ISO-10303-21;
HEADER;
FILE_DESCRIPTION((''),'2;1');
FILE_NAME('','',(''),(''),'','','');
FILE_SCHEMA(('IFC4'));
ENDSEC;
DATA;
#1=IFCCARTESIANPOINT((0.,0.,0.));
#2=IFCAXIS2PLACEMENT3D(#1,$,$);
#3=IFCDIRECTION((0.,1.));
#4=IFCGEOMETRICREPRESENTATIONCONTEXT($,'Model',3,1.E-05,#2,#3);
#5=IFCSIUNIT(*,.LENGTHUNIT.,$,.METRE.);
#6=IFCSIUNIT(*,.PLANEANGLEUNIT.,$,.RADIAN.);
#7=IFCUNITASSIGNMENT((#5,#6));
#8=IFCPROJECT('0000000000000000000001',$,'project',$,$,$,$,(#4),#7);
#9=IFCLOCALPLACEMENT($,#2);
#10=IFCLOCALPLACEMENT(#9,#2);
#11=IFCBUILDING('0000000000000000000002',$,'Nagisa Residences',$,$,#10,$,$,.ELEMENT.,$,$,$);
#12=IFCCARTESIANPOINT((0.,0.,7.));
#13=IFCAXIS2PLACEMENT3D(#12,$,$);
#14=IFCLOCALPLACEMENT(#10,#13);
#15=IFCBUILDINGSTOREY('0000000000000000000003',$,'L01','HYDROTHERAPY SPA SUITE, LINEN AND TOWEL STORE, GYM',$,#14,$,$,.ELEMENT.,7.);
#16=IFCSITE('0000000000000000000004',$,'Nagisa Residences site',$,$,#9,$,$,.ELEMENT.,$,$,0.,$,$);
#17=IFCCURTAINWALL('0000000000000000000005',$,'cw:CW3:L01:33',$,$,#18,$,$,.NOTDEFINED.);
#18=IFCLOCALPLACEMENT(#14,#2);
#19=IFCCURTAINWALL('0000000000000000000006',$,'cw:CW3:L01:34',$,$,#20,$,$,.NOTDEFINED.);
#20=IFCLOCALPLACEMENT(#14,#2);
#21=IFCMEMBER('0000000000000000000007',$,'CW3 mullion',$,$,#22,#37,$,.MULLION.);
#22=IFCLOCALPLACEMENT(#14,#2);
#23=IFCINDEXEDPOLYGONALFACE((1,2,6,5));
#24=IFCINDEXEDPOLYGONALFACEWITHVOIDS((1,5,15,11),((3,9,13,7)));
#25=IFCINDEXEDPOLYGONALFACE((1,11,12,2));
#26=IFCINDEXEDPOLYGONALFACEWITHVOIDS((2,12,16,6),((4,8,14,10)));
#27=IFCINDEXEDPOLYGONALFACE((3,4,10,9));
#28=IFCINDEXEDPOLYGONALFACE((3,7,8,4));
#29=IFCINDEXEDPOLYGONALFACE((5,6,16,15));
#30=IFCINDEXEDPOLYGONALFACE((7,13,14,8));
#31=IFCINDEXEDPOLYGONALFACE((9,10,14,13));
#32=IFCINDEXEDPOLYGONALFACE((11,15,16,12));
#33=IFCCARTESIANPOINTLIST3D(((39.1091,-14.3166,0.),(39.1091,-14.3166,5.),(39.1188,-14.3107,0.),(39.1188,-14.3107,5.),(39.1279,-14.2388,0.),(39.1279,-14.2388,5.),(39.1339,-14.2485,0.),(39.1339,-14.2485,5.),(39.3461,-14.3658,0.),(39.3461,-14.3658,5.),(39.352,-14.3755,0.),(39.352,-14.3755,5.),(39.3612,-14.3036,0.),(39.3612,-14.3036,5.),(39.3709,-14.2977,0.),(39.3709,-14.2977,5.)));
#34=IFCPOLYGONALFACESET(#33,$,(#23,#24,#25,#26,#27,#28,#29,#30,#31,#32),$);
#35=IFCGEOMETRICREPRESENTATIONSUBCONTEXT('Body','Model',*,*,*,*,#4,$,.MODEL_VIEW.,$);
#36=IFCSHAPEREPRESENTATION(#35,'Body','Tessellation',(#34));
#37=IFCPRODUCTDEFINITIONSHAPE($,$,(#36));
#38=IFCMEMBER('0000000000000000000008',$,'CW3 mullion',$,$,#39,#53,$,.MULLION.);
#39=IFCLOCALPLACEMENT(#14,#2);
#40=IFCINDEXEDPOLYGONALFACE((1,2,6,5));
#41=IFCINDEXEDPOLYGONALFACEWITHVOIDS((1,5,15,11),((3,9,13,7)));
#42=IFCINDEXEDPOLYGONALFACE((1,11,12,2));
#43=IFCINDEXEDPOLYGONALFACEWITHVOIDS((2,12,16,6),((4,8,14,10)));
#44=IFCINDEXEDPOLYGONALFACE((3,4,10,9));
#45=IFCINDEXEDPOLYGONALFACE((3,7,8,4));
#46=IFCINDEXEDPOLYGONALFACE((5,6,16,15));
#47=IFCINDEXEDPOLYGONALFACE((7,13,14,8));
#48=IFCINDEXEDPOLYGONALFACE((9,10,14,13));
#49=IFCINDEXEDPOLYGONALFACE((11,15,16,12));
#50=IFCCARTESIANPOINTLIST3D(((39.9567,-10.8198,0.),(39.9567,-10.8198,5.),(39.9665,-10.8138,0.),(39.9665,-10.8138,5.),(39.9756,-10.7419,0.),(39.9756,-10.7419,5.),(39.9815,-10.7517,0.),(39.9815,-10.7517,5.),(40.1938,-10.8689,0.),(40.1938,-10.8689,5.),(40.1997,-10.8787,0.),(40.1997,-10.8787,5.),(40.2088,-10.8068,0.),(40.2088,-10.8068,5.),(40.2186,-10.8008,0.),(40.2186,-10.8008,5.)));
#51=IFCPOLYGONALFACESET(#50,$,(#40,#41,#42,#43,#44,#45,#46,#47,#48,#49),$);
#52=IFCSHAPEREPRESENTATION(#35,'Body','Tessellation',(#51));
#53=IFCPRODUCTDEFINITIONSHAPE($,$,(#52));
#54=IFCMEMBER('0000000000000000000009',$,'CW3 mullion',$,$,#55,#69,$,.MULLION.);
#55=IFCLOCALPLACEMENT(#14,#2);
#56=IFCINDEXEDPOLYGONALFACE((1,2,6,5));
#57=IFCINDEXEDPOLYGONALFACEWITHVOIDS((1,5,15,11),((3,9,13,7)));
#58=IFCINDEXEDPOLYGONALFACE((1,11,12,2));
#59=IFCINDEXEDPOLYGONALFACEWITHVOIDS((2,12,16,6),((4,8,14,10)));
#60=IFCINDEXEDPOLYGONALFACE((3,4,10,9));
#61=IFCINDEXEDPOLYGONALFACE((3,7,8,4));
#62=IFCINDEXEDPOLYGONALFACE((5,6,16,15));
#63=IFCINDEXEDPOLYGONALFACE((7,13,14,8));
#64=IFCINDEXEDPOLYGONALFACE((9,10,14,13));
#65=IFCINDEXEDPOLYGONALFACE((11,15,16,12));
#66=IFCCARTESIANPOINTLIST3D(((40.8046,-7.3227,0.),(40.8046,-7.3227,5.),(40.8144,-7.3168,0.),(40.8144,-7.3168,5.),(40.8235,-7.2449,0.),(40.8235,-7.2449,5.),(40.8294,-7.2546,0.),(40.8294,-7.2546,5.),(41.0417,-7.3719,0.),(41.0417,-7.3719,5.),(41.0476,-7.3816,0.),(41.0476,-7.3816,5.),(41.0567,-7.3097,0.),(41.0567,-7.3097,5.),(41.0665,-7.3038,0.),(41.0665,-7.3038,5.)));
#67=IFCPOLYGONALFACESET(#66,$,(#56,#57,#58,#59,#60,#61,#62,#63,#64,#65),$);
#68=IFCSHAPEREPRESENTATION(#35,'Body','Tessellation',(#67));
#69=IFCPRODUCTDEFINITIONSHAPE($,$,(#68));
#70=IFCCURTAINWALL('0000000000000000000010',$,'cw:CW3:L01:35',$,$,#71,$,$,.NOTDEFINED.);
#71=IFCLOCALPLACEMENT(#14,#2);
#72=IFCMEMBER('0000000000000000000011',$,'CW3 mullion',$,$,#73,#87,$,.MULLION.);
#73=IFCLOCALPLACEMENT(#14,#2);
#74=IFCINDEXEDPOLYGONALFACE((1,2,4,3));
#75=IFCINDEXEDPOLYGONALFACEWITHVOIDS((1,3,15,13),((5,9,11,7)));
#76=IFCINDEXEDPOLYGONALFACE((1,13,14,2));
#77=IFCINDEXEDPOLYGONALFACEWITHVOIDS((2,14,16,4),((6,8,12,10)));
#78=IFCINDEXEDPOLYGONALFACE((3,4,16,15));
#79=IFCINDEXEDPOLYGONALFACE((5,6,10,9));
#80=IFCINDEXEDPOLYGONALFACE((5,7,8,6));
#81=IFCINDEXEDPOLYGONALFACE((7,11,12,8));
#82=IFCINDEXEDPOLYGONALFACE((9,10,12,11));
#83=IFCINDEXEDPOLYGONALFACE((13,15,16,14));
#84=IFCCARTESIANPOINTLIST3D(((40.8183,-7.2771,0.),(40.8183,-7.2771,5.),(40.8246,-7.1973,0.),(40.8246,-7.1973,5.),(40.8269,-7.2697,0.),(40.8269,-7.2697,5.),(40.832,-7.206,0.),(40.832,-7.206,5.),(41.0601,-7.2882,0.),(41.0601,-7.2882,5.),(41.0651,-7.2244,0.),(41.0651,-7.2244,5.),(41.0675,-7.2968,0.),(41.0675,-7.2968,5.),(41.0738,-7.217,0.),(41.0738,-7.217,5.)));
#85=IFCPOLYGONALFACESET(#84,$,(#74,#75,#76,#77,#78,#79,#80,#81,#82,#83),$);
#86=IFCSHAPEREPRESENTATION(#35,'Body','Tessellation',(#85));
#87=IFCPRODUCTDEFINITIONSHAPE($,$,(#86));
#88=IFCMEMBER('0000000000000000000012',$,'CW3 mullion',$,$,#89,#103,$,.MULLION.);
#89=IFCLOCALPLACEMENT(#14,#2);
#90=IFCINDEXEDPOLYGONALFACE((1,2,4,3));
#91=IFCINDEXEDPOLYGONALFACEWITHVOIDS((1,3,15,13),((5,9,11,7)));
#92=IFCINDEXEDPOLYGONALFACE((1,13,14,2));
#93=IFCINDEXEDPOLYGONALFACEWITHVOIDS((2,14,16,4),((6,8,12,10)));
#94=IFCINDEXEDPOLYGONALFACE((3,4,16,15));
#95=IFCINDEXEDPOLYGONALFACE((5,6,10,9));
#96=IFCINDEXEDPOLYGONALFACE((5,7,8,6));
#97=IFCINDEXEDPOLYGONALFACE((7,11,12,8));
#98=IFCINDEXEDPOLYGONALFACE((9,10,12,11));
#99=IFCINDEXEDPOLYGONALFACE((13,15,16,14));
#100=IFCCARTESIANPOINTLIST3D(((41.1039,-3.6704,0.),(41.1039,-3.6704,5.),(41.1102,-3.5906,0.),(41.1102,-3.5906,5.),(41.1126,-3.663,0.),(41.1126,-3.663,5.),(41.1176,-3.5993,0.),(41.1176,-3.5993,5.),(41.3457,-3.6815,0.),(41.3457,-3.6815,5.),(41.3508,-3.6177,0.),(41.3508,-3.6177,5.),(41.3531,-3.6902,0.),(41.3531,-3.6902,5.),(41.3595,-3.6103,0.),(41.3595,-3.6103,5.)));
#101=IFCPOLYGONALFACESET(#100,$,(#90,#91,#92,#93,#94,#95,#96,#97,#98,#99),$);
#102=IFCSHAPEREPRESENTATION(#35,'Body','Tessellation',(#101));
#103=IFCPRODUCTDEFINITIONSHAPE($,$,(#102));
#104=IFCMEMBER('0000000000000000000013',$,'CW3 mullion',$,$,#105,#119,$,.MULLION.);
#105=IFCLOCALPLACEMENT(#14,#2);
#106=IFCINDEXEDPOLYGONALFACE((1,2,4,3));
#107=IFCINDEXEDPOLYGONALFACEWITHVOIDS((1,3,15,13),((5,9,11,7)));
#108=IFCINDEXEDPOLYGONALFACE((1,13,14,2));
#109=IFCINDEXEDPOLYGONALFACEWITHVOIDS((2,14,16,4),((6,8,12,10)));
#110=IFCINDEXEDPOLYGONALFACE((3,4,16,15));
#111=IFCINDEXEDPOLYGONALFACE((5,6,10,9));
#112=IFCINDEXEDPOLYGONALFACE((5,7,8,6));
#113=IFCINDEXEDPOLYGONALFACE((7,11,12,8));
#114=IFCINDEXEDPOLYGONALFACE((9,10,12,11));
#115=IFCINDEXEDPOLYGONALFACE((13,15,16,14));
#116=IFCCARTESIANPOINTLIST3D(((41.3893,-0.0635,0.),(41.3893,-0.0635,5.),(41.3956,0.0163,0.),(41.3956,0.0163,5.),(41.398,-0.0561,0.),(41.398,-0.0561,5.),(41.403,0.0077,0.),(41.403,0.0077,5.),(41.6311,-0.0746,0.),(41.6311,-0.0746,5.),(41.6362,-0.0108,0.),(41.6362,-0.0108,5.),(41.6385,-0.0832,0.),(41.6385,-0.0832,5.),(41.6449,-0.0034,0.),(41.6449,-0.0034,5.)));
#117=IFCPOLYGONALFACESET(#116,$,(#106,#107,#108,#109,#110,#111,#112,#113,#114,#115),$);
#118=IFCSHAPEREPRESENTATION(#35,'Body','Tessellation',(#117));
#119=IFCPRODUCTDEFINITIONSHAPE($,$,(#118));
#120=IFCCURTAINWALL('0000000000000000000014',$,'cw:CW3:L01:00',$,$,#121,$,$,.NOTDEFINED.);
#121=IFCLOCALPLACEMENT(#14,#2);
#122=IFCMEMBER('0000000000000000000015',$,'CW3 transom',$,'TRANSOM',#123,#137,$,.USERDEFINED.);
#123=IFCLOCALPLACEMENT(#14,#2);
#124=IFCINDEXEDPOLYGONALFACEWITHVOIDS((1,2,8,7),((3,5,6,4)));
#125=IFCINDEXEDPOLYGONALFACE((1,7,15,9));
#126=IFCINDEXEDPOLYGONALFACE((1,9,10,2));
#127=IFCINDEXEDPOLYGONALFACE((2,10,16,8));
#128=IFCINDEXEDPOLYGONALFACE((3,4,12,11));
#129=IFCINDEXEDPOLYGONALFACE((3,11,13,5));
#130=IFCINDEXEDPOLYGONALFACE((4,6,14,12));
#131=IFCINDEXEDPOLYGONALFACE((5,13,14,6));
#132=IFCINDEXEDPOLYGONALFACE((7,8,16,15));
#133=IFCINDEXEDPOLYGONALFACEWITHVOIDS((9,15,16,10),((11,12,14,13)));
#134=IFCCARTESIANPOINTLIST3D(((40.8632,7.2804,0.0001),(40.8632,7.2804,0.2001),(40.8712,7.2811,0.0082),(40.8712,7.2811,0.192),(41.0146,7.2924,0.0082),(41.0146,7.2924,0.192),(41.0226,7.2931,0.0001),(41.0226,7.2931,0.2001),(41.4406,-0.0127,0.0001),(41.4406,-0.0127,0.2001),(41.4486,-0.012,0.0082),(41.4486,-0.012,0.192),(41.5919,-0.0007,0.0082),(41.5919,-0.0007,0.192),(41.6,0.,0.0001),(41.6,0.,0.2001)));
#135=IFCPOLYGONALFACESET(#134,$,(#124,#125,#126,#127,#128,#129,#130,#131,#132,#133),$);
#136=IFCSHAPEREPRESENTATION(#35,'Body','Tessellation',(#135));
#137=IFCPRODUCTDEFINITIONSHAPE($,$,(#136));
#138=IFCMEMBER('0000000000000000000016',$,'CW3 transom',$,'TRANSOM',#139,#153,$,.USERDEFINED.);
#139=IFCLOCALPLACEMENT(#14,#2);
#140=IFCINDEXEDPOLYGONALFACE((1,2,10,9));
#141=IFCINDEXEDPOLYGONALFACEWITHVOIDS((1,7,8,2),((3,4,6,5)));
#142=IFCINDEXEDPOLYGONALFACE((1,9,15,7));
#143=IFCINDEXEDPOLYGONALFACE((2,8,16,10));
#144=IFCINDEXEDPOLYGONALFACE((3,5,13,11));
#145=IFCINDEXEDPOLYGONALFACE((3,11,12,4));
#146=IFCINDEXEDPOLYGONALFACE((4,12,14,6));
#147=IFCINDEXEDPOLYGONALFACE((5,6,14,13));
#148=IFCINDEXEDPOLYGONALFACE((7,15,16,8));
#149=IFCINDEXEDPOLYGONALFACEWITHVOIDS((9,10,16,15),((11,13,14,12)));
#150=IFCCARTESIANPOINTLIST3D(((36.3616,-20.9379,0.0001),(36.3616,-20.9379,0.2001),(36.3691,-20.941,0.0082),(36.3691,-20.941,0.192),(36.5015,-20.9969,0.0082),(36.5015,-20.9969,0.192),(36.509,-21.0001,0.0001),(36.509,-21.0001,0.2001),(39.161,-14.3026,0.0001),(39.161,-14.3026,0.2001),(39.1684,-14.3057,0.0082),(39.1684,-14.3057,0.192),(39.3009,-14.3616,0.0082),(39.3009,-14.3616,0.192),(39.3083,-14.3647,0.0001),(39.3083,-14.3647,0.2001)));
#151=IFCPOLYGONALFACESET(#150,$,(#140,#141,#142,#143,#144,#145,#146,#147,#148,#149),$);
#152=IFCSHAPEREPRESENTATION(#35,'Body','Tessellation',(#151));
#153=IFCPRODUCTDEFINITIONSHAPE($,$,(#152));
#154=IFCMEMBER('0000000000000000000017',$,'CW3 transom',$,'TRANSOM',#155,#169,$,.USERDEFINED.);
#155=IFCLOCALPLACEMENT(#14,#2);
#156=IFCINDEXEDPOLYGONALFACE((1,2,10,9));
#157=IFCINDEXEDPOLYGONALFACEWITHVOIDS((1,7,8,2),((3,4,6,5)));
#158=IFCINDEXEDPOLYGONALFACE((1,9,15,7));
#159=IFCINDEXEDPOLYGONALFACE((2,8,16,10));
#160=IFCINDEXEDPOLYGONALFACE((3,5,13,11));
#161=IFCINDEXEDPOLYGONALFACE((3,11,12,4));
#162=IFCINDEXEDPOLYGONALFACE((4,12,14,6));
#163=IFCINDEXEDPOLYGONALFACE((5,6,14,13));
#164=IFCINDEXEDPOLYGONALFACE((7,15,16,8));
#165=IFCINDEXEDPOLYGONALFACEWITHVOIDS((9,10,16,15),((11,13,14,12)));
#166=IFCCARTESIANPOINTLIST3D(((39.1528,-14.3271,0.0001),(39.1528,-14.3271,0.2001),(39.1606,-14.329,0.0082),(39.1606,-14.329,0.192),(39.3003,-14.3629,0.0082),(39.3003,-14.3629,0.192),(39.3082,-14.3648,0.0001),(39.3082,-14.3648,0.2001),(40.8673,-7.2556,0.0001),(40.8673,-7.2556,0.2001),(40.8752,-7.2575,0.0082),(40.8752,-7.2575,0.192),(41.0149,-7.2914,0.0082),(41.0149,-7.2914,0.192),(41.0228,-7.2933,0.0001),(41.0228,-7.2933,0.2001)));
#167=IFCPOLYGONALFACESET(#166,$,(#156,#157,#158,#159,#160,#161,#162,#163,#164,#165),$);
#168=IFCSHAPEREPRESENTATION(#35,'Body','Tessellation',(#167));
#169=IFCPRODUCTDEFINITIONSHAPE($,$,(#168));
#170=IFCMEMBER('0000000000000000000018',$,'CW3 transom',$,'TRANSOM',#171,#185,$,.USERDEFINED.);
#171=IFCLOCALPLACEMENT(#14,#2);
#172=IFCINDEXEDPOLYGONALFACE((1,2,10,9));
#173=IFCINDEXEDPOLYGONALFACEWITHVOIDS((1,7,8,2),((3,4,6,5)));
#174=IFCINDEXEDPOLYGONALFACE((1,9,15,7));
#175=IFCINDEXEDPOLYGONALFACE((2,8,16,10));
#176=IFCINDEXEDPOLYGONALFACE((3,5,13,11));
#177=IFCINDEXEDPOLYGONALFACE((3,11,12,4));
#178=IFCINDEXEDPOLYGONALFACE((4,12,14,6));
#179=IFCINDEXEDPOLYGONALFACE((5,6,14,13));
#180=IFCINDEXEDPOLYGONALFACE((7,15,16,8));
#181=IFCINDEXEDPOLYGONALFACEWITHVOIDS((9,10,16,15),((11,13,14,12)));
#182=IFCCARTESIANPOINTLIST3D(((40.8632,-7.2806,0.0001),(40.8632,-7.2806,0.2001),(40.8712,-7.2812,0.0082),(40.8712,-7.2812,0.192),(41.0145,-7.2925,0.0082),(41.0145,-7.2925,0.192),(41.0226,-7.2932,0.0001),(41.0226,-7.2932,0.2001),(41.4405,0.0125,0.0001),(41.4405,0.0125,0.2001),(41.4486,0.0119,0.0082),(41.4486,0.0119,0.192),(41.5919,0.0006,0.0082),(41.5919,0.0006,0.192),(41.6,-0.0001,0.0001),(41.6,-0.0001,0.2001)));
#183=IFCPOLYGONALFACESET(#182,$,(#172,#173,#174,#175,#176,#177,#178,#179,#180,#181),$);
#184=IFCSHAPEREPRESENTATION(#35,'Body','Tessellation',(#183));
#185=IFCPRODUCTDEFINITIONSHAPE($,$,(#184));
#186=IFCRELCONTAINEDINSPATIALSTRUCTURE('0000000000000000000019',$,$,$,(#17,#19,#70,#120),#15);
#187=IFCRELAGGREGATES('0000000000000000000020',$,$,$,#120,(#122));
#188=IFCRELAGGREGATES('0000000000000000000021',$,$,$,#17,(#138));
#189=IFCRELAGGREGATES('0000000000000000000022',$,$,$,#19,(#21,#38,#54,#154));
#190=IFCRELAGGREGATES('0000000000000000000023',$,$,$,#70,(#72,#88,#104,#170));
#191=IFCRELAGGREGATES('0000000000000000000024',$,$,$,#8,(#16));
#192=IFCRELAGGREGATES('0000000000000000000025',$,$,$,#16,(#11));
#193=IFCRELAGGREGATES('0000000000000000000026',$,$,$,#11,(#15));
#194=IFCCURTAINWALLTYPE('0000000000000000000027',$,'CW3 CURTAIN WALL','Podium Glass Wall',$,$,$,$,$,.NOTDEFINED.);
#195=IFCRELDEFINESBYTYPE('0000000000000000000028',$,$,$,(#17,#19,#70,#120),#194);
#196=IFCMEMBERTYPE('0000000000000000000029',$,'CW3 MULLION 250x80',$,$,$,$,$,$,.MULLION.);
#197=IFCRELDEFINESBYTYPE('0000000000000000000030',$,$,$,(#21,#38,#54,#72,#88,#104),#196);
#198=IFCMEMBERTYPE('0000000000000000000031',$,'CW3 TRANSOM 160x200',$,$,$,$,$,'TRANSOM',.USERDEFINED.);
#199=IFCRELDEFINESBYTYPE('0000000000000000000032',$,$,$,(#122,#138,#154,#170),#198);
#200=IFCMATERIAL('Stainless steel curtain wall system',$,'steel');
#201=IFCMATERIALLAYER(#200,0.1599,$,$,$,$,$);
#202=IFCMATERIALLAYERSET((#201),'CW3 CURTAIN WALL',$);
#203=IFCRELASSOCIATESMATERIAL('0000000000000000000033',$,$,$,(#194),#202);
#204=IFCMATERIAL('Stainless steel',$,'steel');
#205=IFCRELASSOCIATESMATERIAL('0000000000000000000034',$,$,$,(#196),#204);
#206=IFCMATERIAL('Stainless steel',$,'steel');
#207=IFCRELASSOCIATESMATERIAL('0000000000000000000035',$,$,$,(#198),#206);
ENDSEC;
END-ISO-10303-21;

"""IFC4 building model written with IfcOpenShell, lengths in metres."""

from ifc_helpers import new_model, si_unit, direction, frame, origin, origin_2d, place, context, subcontext, project, spatial, hollow_rectangle, extrude, material, layer, layer_set, material_profile, profile_set, type_object, element, aggregate, save


model = new_model("IFC4")

# Units and contexts
model_context = context("Model", 3, precision=1e-05, world=origin(), true_north=direction((0.0, 1.0)))
body_context = subcontext(model_context, "Body", "Model", "MODEL_VIEW")
ifc_project = project(units=[si_unit("LENGTHUNIT", "METRE"), si_unit("PLANEANGLEUNIT", "RADIAN")], contexts=[model_context])

# Site, building, storey
site_placement = place(None, origin())
site = spatial("IfcSite", under=ifc_project, at=site_placement, Name="Nagisa Residences site", CompositionType="ELEMENT", RefElevation=0.0)
building_placement = place(site_placement, origin())
building = spatial("IfcBuilding", under=site, at=building_placement, Name="Nagisa Residences", CompositionType="ELEMENT")
storey_placement = place(building_placement, frame((0.0, 0.0, 7.0)))
storey = spatial("IfcBuildingStorey", under=building, at=storey_placement, Name="L01", Description="HYDROTHERAPY SPA SUITE, LINEN AND TOWEL STORE, GYM", CompositionType="ELEMENT", Elevation=7.0)

# Shared definitions
ifc_material_1 = material(Name="Stainless steel curtain wall system", Category="steel")
ifc_layer_1 = layer(ifc_material_1, 0.1599)
ifc_layer_set_1 = layer_set([ifc_layer_1], Name="CW3 CURTAIN WALL")
curtain_wall_type_1 = type_object("IfcCurtainWallType", Name="CW3 CURTAIN WALL", Description="Podium Glass Wall", PredefinedType="NOTDEFINED", material=ifc_layer_set_1)
ifc_material_2 = material(Name="Stainless steel", Category="steel")
ifc_material_profile_1 = material_profile(ifc_material_2, hollow_rectangle(XDim=0.25, YDim=0.0801, WallThickness=0.0081, at=origin_2d()), Name="CW3 MULLION 250x80")
ifc_profile_set_1 = profile_set([ifc_material_profile_1], Name="Stainless steel")
member_type_1 = type_object("IfcMemberType", Name="CW3 MULLION 250x80", PredefinedType="MULLION", material=ifc_profile_set_1)

# Curtain walls, members
curtain_wall_1_placement = place(storey_placement, origin())
curtain_wall_1 = element("IfcCurtainWall", 1, at=curtain_wall_1_placement, inside=storey, type_object=curtain_wall_type_1, Name="cw:CW3:L01:33", PredefinedType="NOTDEFINED")
curtain_wall_2_placement = place(storey_placement, origin())
curtain_wall_2 = element("IfcCurtainWall", 2, at=curtain_wall_2_placement, inside=storey, type_object=curtain_wall_type_1, Name="cw:CW3:L01:34", PredefinedType="NOTDEFINED")
member_1_placement = place(storey_placement, frame((39.24, -14.3071, 0.0), z_axis=(0.0, 0.0, 1.0), x_axis=(-0.971849, 0.235606, 0.0)))
member_1 = element("IfcMember", 3, at=member_1_placement, type_object=member_type_1, Name="CW3 mullion", PredefinedType="MULLION", context=body_context, shape_type="SweptSolid", body=[
    extrude(hollow_rectangle(XDim=0.25, YDim=0.0801, WallThickness=0.0081, at=origin_2d()), origin(), (0.0, 0.0, 1.0), 5.0),
])
member_2_placement = place(storey_placement, frame((40.0876, -10.8103, 0.0), z_axis=(0.0, 0.0, 1.0), x_axis=(-0.971849, 0.235606, 0.0)))
member_2 = element("IfcMember", 4, at=member_2_placement, type_object=member_type_1, Name="CW3 mullion", PredefinedType="MULLION", context=body_context, shape_type="SweptSolid", body=[
    extrude(hollow_rectangle(XDim=0.25, YDim=0.0801, WallThickness=0.0081, at=origin_2d()), origin(), (0.0, 0.0, 1.0), 5.0),
])
member_3_placement = place(storey_placement, frame((40.9355, -7.3132, 0.0), z_axis=(0.0, 0.0, 1.0), x_axis=(-0.971849, 0.235606, 0.0)))
member_3 = element("IfcMember", 5, at=member_3_placement, type_object=member_type_1, Name="CW3 mullion", PredefinedType="MULLION", context=body_context, shape_type="SweptSolid", body=[
    extrude(hollow_rectangle(XDim=0.25, YDim=0.0801, WallThickness=0.0081, at=origin_2d()), origin(), (0.0, 0.0, 1.0), 5.0),
])
curtain_wall_3_placement = place(storey_placement, origin())
curtain_wall_3 = element("IfcCurtainWall", 6, at=curtain_wall_3_placement, inside=storey, type_object=curtain_wall_type_1, Name="cw:CW3:L01:35", PredefinedType="NOTDEFINED")
member_4_placement = place(storey_placement, frame((40.946, -7.2471, 0.0), z_axis=(0.0, 0.0, 1.0), x_axis=(-0.996882, 0.07891, 0.0)))
member_4 = element("IfcMember", 7, at=member_4_placement, type_object=member_type_1, Name="CW3 mullion", PredefinedType="MULLION", context=body_context, shape_type="SweptSolid", body=[
    extrude(hollow_rectangle(XDim=0.25, YDim=0.0801, WallThickness=0.0081, at=origin_2d()), origin(), (0.0, 0.0, 1.0), 5.0),
])
member_5_placement = place(storey_placement, frame((41.2317, -3.6404, 0.0), z_axis=(0.0, 0.0, 1.0), x_axis=(-0.996882, 0.07891, 0.0)))
member_5 = element("IfcMember", 8, at=member_5_placement, type_object=member_type_1, Name="CW3 mullion", PredefinedType="MULLION", context=body_context, shape_type="SweptSolid", body=[
    extrude(hollow_rectangle(XDim=0.25, YDim=0.0801, WallThickness=0.0081, at=origin_2d()), origin(), (0.0, 0.0, 1.0), 5.0),
])
member_6_placement = place(storey_placement, frame((41.5171, -0.0334, 0.0), z_axis=(0.0, 0.0, 1.0), x_axis=(-0.996882, 0.07891, 0.0)))
member_6 = element("IfcMember", 9, at=member_6_placement, type_object=member_type_1, Name="CW3 mullion", PredefinedType="MULLION", context=body_context, shape_type="SweptSolid", body=[
    extrude(hollow_rectangle(XDim=0.25, YDim=0.0801, WallThickness=0.0081, at=origin_2d()), origin(), (0.0, 0.0, 1.0), 5.0),
])

# Curtain wall, member
curtain_wall_4_placement = place(storey_placement, origin())
curtain_wall_4 = element("IfcCurtainWall", 10, at=curtain_wall_4_placement, inside=storey, type_object=curtain_wall_type_1, Name="cw:CW3:L01:00", PredefinedType="NOTDEFINED")
ifc_material_3 = material(Name="Stainless steel", Category="steel")
ifc_material_profile_2 = material_profile(ifc_material_3, hollow_rectangle(XDim=0.1599, YDim=0.2, WallThickness=0.0081, at=origin_2d()), Name="CW3 TRANSOM 160x200")
ifc_profile_set_2 = profile_set([ifc_material_profile_2], Name="Stainless steel")
member_type_2 = type_object("IfcMemberType", Name="CW3 TRANSOM 160x200", ElementType="TRANSOM", PredefinedType="USERDEFINED", material=ifc_profile_set_2)
member_7_placement = place(storey_placement, frame((41.5203, -0.0063, 0.1001), z_axis=(-0.078922, 0.996881, 0.0), x_axis=(-0.996881, -0.078922, 0.0)))
member_7 = element("IfcMember", 11, at=member_7_placement, type_object=member_type_2, Name="CW3 transom", ObjectType="TRANSOM", PredefinedType="USERDEFINED", context=body_context, shape_type="SweptSolid", body=[
    extrude(hollow_rectangle(XDim=0.1599, YDim=0.2, WallThickness=0.0081, at=origin_2d()), origin(), (0.0, 0.0, 1.0), 7.3159),
])
aggregate(curtain_wall_4, [member_7])

# Members
member_8_placement = place(storey_placement, frame((36.4353, -20.969, 0.1001), z_axis=(0.388709, 0.921361, 0.0), x_axis=(-0.921361, 0.388709, 0.0)))
member_8 = element("IfcMember", 12, at=member_8_placement, type_object=member_type_2, Name="CW3 transom", ObjectType="TRANSOM", PredefinedType="USERDEFINED", context=body_context, shape_type="SweptSolid", body=[
    extrude(hollow_rectangle(XDim=0.1599, YDim=0.2, WallThickness=0.0081, at=origin_2d()), origin(), (0.0, 0.0, 1.0), 7.2017),
])
member_9_placement = place(storey_placement, frame((39.2305, -14.3459, 0.1001), z_axis=(0.235637, 0.971841, 0.0), x_axis=(-0.971841, 0.235637, 0.0)))
member_9 = element("IfcMember", 13, at=member_9_placement, type_object=member_type_2, Name="CW3 transom", ObjectType="TRANSOM", PredefinedType="USERDEFINED", context=body_context, shape_type="SweptSolid", body=[
    extrude(hollow_rectangle(XDim=0.1599, YDim=0.2, WallThickness=0.0081, at=origin_2d()), origin(), (0.0, 0.0, 1.0), 7.2764),
])
member_10_placement = place(storey_placement, frame((40.9429, -7.2869, 0.1001), z_axis=(0.078922, 0.996881, 0.0), x_axis=(-0.996881, 0.078922, 0.0)))
member_10 = element("IfcMember", 14, at=member_10_placement, type_object=member_type_2, Name="CW3 transom", ObjectType="TRANSOM", PredefinedType="USERDEFINED", context=body_context, shape_type="SweptSolid", body=[
    extrude(hollow_rectangle(XDim=0.1599, YDim=0.2, WallThickness=0.0081, at=origin_2d()), origin(), (0.0, 0.0, 1.0), 7.3159),
])

aggregate(curtain_wall_1, [member_8])
aggregate(curtain_wall_2, [member_1, member_2, member_3, member_9])
aggregate(curtain_wall_3, [member_4, member_5, member_6, member_10])

save(model, "model.ifc")
